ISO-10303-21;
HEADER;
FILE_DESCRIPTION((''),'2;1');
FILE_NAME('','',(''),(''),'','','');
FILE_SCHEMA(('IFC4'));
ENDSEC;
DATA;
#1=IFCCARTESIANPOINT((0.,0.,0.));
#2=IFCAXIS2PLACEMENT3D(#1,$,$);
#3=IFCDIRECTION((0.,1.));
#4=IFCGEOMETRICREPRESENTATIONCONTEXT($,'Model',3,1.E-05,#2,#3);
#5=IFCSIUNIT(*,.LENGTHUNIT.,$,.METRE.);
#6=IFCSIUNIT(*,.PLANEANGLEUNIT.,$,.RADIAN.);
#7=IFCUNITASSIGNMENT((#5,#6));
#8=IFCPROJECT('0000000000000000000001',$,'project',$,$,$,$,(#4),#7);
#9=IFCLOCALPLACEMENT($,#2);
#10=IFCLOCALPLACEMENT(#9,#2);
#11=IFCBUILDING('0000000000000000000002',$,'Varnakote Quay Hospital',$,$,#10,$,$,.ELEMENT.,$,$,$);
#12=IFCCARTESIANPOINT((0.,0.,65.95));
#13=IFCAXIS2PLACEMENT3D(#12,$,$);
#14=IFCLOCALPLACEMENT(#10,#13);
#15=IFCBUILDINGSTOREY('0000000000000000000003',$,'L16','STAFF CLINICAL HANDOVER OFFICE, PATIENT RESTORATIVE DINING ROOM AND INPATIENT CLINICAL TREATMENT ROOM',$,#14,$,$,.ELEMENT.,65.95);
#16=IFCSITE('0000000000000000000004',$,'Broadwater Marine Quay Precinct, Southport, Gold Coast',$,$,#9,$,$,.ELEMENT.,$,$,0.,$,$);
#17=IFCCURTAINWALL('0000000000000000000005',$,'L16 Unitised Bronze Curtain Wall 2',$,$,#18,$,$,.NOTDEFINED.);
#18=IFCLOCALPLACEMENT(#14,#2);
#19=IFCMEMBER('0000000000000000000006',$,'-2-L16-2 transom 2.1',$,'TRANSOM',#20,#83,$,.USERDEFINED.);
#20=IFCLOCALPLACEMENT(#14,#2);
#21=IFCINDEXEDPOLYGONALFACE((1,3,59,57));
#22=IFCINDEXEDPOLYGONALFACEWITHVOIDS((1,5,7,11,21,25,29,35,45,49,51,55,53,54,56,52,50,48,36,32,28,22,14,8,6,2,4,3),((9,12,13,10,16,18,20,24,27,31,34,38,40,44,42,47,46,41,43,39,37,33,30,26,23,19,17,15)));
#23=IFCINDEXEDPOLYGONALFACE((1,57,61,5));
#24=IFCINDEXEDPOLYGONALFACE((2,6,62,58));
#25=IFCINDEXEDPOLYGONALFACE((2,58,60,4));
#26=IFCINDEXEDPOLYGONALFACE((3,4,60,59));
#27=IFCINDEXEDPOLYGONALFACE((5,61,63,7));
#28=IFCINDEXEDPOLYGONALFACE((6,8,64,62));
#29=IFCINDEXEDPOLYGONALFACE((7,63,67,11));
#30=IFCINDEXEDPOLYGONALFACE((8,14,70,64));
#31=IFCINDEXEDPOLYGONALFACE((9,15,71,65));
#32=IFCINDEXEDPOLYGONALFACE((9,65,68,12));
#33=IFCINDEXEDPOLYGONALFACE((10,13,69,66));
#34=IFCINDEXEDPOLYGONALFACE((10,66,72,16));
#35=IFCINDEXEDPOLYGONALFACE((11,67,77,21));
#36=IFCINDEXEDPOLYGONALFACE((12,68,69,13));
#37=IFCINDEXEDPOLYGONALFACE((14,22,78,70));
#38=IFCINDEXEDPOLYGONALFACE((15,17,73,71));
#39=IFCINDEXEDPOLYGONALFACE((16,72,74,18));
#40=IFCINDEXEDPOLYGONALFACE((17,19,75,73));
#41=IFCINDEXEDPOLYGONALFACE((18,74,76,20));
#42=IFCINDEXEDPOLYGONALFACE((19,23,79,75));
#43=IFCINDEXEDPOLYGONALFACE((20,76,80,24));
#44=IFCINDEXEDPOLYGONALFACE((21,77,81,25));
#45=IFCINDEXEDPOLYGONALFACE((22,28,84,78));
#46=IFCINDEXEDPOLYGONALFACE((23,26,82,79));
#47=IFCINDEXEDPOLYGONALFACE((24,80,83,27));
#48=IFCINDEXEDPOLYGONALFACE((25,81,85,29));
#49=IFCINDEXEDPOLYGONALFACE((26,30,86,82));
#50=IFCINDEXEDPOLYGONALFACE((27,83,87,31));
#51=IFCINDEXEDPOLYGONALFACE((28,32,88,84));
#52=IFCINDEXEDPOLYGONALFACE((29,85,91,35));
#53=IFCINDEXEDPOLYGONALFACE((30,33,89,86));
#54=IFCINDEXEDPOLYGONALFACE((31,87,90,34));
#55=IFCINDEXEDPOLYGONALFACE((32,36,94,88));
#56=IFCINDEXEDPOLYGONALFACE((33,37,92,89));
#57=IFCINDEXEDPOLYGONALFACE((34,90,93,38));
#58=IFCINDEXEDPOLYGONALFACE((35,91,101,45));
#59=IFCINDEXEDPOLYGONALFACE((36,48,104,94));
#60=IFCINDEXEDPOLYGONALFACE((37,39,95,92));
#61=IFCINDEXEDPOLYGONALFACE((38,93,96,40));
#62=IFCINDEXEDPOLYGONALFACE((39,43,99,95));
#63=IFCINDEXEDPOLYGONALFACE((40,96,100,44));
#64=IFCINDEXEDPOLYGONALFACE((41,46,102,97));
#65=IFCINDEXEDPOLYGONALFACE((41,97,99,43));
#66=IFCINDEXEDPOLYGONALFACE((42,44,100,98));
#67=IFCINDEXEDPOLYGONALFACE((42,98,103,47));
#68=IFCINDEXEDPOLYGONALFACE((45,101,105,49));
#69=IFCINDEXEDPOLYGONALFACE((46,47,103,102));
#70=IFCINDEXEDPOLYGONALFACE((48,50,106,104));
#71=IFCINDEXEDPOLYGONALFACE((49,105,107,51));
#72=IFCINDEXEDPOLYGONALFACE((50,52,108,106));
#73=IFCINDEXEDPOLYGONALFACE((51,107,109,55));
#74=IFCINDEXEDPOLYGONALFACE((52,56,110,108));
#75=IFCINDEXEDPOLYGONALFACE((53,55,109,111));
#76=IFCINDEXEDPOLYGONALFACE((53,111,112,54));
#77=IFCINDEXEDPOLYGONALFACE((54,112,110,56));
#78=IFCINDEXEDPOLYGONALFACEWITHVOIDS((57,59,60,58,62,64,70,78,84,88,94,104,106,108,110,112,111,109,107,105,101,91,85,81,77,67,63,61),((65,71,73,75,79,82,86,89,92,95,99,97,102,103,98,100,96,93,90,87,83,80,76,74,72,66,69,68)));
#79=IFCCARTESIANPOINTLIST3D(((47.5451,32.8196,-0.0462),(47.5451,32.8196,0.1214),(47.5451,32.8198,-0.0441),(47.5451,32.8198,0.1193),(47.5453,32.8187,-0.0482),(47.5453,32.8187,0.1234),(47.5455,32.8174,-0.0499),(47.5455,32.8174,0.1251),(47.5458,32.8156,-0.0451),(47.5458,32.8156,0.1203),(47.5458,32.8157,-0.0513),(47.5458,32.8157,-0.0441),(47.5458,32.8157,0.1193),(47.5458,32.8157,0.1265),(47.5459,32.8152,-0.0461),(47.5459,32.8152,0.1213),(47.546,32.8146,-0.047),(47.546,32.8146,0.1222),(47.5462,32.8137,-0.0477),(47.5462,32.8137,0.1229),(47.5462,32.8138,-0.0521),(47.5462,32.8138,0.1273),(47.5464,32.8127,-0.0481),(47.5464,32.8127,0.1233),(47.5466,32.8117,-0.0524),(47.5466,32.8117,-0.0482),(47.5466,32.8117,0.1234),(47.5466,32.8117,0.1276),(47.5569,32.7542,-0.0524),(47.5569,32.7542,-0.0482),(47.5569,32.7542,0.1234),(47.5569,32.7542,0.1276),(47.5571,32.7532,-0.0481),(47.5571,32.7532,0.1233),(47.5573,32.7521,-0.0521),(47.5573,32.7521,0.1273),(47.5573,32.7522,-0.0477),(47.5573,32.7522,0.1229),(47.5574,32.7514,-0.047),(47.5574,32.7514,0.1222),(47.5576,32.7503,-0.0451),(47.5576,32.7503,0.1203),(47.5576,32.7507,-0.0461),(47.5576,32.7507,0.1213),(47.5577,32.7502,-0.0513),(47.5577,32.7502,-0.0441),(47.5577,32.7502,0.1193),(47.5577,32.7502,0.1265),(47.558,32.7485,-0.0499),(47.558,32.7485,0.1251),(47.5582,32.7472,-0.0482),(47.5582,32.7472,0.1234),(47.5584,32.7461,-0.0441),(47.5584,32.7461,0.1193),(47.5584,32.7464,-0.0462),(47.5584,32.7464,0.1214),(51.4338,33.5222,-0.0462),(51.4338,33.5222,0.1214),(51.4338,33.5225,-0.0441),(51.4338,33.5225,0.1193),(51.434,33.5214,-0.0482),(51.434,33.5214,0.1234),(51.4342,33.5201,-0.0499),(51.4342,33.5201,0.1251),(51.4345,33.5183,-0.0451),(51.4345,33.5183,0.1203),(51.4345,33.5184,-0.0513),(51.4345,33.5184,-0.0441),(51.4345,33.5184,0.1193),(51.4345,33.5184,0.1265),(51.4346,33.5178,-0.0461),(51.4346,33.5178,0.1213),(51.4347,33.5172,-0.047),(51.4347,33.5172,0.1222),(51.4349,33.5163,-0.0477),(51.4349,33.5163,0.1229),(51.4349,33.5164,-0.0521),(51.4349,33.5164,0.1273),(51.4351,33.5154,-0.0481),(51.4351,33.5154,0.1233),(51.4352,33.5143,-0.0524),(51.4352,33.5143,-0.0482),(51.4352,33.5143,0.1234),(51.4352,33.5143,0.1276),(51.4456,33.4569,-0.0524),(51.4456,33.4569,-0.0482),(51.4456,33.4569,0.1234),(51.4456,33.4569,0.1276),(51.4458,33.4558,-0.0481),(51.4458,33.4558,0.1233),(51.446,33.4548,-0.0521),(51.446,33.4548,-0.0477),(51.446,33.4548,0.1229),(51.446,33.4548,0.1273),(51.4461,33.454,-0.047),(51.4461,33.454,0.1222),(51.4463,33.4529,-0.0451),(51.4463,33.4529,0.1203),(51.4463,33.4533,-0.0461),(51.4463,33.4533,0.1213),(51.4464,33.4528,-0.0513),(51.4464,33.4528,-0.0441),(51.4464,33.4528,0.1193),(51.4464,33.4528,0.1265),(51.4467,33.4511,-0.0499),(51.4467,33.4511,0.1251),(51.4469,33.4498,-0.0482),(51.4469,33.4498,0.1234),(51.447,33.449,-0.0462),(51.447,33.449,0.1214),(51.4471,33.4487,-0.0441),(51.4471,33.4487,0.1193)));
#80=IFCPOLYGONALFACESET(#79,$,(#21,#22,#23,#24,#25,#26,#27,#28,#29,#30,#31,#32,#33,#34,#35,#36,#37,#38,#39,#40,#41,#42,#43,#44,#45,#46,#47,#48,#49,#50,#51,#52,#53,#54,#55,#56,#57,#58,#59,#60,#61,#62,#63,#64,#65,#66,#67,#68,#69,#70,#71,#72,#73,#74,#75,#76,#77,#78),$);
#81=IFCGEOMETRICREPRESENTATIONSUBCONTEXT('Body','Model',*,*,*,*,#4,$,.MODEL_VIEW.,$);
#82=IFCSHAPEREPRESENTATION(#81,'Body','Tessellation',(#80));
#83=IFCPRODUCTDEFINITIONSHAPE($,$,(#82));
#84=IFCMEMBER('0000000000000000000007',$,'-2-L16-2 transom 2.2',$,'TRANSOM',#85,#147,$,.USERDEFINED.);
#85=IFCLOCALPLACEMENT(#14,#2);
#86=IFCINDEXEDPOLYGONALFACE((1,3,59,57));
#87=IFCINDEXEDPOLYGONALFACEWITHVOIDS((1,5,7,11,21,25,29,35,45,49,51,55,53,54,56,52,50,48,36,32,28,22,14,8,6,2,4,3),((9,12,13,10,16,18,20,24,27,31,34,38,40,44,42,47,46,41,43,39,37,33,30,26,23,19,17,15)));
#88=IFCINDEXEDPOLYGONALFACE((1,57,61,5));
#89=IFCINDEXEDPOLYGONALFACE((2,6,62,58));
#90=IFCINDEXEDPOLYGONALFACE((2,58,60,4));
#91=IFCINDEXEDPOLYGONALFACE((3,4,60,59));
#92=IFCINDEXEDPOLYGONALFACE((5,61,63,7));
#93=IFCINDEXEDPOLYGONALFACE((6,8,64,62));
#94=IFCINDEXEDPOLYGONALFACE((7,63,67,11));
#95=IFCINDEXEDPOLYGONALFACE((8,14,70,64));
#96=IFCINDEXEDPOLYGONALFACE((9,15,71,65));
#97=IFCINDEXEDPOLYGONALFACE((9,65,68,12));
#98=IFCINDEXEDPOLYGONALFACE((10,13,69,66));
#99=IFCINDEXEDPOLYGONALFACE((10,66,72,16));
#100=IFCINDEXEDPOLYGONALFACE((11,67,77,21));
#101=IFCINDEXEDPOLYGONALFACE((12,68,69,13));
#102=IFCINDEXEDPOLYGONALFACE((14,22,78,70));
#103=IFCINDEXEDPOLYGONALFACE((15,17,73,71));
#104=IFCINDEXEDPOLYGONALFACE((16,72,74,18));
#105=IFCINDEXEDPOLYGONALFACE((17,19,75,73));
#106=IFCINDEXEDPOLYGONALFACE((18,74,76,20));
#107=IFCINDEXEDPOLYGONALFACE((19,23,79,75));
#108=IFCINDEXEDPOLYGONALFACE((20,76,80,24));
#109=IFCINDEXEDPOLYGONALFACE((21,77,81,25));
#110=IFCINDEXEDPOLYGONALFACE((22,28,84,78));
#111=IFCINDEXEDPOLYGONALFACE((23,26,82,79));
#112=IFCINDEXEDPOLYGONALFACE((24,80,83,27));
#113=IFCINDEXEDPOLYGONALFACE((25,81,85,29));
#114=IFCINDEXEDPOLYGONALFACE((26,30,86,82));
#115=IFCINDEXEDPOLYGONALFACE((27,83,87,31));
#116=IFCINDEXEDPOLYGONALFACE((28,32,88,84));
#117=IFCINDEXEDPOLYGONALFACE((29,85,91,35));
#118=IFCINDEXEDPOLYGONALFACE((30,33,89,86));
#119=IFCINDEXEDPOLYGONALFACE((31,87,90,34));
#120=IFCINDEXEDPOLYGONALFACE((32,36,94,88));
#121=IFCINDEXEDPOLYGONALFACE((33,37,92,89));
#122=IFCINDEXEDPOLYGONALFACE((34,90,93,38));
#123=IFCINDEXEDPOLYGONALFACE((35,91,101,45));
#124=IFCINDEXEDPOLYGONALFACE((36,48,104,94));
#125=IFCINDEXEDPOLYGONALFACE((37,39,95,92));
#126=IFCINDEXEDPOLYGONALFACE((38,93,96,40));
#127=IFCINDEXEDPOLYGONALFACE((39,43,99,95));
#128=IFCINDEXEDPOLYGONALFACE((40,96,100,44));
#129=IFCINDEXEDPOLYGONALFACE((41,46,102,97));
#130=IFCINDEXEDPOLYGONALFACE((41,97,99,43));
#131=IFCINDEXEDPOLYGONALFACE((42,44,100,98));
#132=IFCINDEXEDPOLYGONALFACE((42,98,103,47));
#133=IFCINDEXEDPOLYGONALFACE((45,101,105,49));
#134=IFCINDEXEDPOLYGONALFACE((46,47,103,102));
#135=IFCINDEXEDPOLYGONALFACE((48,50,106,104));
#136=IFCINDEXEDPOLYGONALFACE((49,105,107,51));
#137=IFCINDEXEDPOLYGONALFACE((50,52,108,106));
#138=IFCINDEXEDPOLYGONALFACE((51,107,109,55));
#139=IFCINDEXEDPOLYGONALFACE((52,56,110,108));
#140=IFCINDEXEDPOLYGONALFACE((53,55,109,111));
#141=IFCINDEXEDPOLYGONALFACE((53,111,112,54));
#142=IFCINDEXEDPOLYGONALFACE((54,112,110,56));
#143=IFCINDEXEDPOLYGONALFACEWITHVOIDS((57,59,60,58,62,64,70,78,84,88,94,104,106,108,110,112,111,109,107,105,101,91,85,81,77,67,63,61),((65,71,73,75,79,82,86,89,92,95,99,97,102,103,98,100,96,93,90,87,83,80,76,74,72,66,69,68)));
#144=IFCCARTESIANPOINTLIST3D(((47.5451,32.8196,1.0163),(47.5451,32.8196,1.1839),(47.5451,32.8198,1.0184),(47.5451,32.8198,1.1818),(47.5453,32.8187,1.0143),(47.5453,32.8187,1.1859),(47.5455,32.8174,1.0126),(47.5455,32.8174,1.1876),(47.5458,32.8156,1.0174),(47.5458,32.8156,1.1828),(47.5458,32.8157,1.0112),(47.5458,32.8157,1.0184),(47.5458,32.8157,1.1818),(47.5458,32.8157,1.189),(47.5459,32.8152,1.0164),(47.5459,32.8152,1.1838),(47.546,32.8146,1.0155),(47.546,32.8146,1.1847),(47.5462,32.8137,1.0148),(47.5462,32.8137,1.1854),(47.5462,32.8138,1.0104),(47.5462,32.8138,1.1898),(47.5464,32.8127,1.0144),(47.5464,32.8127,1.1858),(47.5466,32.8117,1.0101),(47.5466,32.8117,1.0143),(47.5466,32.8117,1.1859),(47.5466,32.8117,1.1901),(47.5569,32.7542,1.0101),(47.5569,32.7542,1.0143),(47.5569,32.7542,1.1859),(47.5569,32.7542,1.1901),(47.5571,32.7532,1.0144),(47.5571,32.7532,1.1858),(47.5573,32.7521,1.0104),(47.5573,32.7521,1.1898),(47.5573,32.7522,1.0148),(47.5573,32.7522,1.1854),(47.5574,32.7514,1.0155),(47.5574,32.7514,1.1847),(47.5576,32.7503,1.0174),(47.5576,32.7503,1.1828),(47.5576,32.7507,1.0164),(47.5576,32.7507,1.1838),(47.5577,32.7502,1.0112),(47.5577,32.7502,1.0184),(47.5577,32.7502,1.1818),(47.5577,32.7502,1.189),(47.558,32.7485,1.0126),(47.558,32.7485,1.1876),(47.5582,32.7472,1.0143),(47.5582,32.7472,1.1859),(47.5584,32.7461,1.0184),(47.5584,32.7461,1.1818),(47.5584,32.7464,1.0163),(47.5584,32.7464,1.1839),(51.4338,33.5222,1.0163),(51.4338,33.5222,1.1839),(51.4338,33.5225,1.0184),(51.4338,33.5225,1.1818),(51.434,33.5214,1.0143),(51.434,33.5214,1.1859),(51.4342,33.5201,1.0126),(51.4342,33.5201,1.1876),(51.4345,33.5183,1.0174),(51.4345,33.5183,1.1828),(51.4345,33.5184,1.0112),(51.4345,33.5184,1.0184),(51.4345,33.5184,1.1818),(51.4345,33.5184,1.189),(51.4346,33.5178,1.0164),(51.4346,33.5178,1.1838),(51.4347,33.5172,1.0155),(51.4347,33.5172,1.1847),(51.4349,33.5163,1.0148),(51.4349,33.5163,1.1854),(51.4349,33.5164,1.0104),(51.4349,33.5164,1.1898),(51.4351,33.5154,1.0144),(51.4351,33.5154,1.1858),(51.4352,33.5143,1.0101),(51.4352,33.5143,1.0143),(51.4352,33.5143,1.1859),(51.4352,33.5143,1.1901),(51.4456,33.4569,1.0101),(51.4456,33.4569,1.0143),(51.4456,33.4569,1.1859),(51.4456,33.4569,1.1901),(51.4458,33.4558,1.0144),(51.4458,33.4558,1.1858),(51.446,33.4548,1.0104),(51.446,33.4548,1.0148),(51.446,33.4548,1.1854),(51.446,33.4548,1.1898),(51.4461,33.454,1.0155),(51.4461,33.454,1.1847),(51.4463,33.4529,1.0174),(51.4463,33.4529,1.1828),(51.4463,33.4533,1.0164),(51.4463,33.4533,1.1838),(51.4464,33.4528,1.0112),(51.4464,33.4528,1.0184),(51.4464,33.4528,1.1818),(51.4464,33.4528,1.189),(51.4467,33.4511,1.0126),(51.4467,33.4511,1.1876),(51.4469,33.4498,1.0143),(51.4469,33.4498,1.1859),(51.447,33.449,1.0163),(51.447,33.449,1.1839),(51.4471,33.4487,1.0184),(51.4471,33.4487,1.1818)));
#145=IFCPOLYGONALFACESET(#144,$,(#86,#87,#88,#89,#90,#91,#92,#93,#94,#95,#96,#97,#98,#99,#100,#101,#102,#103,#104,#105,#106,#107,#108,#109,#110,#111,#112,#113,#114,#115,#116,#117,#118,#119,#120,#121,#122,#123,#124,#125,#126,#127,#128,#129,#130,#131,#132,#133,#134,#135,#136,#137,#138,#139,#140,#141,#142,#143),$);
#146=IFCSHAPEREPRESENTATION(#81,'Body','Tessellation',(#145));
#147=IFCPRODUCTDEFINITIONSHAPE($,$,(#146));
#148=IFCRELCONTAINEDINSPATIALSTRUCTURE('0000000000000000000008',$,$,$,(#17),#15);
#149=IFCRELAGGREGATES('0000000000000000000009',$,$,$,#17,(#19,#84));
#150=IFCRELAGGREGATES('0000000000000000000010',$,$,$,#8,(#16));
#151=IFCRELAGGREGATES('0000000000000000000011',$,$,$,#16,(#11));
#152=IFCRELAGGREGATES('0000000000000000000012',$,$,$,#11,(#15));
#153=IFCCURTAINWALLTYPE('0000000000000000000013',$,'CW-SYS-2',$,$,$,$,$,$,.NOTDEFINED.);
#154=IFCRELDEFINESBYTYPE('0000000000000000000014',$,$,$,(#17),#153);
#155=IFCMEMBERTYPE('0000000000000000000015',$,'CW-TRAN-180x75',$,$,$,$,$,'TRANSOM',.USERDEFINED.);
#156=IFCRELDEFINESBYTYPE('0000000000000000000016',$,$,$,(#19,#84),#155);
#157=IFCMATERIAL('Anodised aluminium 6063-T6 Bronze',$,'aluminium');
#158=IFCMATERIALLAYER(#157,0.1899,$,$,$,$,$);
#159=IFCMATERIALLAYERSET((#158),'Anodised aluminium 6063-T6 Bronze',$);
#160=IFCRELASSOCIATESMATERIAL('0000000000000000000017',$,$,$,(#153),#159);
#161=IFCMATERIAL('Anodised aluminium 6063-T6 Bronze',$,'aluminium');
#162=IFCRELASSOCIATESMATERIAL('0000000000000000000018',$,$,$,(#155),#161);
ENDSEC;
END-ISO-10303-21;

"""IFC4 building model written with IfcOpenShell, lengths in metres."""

from ifc_helpers import new_model, si_unit, direction, frame, origin, origin_2d, place, context, subcontext, project, spatial, hollow_rectangle, extrude, material, layer, layer_set, material_profile, profile_set, type_object, element, aggregate, save


model = new_model("IFC4")

# Units and contexts
model_context = context("Model", 3, precision=1e-05, world=origin(), true_north=direction((0.0, 1.0)))
body_context = subcontext(model_context, "Body", "Model", "MODEL_VIEW")
ifc_project = project(units=[si_unit("LENGTHUNIT", "METRE"), si_unit("PLANEANGLEUNIT", "RADIAN")], contexts=[model_context])

# Site, building, storey
site_placement = place(None, origin())
site = spatial("IfcSite", under=ifc_project, at=site_placement, Name="Broadwater Marine Quay Precinct, Southport, Gold Coast", CompositionType="ELEMENT", RefElevation=0.0)
building_placement = place(site_placement, origin())
building = spatial("IfcBuilding", under=site, at=building_placement, Name="Varnakote Quay Hospital", CompositionType="ELEMENT")
storey_placement = place(building_placement, frame((0.0, 0.0, 65.95)))
storey = spatial("IfcBuildingStorey", under=building, at=storey_placement, Name="L16", Description="STAFF CLINICAL HANDOVER OFFICE, PATIENT RESTORATIVE DINING ROOM AND INPATIENT CLINICAL TREATMENT ROOM", CompositionType="ELEMENT", Elevation=65.95)

# Shared definitions
ifc_material_1 = material(Name="Anodised aluminium 6063-T6 Bronze", Category="aluminium")
ifc_layer_1 = layer(ifc_material_1, 0.1899)
ifc_layer_set_1 = layer_set([ifc_layer_1], Name="Anodised aluminium 6063-T6 Bronze")
curtain_wall_type = type_object("IfcCurtainWallType", Name="CW-SYS-2", PredefinedType="NOTDEFINED", material=ifc_layer_set_1)

# Curtain wall
curtain_wall_1_placement = place(storey_placement, origin())
curtain_wall_1 = element("IfcCurtainWall", 1, at=curtain_wall_1_placement, inside=storey, type_object=curtain_wall_type, Name="L16 Unitised Bronze Curtain Wall 2", PredefinedType="NOTDEFINED")

# Members
ifc_material_2 = material(Name="Anodised aluminium 6063-T6 Bronze", Category="aluminium")
ifc_material_profile_1 = material_profile(ifc_material_2, hollow_rectangle(XDim=0.075, YDim=0.1799, WallThickness=0.0042, InnerFilletRadius=0.0042, OuterFilletRadius=0.0083, at=origin_2d()), Name="CW-TRAN-180x75")
ifc_profile_set_1 = profile_set([ifc_material_profile_1], Name="Anodised aluminium 6063-T6 Bronze")
member_type_1 = type_object("IfcMemberType", Name="CW-TRAN-180x75", ElementType="TRANSOM", PredefinedType="USERDEFINED", material=ifc_profile_set_1)
member_1_placement = place(storey_placement, frame((51.4404, 33.4856, 0.0376), z_axis=(-0.984065, -0.177809, 0.0), x_axis=(0.177809, -0.984065, 0.0)))
member_1 = element("IfcMember", 2, at=member_1_placement, type_object=member_type_1, Name="-2-L16-2 transom 2.1", ObjectType="TRANSOM", PredefinedType="USERDEFINED", context=body_context, shape_type="SweptSolid", body=[
    extrude(hollow_rectangle(XDim=0.075, YDim=0.1799, WallThickness=0.0042, InnerFilletRadius=0.0042, OuterFilletRadius=0.0083, at=origin_2d()), origin(), (0.0, 0.0, 1.0), 3.9517),
])
member_2_placement = place(storey_placement, frame((51.4404, 33.4856, 1.1001), z_axis=(-0.984065, -0.177809, 0.0), x_axis=(0.177809, -0.984065, 0.0)))
member_2 = element("IfcMember", 3, at=member_2_placement, type_object=member_type_1, Name="-2-L16-2 transom 2.2", ObjectType="TRANSOM", PredefinedType="USERDEFINED", context=body_context, shape_type="SweptSolid", body=[
    extrude(hollow_rectangle(XDim=0.075, YDim=0.1799, WallThickness=0.0042, InnerFilletRadius=0.0042, OuterFilletRadius=0.0083, at=origin_2d()), origin(), (0.0, 0.0, 1.0), 3.9517),
])

aggregate(curtain_wall_1, [member_1, member_2])

save(model, "model.ifc")
